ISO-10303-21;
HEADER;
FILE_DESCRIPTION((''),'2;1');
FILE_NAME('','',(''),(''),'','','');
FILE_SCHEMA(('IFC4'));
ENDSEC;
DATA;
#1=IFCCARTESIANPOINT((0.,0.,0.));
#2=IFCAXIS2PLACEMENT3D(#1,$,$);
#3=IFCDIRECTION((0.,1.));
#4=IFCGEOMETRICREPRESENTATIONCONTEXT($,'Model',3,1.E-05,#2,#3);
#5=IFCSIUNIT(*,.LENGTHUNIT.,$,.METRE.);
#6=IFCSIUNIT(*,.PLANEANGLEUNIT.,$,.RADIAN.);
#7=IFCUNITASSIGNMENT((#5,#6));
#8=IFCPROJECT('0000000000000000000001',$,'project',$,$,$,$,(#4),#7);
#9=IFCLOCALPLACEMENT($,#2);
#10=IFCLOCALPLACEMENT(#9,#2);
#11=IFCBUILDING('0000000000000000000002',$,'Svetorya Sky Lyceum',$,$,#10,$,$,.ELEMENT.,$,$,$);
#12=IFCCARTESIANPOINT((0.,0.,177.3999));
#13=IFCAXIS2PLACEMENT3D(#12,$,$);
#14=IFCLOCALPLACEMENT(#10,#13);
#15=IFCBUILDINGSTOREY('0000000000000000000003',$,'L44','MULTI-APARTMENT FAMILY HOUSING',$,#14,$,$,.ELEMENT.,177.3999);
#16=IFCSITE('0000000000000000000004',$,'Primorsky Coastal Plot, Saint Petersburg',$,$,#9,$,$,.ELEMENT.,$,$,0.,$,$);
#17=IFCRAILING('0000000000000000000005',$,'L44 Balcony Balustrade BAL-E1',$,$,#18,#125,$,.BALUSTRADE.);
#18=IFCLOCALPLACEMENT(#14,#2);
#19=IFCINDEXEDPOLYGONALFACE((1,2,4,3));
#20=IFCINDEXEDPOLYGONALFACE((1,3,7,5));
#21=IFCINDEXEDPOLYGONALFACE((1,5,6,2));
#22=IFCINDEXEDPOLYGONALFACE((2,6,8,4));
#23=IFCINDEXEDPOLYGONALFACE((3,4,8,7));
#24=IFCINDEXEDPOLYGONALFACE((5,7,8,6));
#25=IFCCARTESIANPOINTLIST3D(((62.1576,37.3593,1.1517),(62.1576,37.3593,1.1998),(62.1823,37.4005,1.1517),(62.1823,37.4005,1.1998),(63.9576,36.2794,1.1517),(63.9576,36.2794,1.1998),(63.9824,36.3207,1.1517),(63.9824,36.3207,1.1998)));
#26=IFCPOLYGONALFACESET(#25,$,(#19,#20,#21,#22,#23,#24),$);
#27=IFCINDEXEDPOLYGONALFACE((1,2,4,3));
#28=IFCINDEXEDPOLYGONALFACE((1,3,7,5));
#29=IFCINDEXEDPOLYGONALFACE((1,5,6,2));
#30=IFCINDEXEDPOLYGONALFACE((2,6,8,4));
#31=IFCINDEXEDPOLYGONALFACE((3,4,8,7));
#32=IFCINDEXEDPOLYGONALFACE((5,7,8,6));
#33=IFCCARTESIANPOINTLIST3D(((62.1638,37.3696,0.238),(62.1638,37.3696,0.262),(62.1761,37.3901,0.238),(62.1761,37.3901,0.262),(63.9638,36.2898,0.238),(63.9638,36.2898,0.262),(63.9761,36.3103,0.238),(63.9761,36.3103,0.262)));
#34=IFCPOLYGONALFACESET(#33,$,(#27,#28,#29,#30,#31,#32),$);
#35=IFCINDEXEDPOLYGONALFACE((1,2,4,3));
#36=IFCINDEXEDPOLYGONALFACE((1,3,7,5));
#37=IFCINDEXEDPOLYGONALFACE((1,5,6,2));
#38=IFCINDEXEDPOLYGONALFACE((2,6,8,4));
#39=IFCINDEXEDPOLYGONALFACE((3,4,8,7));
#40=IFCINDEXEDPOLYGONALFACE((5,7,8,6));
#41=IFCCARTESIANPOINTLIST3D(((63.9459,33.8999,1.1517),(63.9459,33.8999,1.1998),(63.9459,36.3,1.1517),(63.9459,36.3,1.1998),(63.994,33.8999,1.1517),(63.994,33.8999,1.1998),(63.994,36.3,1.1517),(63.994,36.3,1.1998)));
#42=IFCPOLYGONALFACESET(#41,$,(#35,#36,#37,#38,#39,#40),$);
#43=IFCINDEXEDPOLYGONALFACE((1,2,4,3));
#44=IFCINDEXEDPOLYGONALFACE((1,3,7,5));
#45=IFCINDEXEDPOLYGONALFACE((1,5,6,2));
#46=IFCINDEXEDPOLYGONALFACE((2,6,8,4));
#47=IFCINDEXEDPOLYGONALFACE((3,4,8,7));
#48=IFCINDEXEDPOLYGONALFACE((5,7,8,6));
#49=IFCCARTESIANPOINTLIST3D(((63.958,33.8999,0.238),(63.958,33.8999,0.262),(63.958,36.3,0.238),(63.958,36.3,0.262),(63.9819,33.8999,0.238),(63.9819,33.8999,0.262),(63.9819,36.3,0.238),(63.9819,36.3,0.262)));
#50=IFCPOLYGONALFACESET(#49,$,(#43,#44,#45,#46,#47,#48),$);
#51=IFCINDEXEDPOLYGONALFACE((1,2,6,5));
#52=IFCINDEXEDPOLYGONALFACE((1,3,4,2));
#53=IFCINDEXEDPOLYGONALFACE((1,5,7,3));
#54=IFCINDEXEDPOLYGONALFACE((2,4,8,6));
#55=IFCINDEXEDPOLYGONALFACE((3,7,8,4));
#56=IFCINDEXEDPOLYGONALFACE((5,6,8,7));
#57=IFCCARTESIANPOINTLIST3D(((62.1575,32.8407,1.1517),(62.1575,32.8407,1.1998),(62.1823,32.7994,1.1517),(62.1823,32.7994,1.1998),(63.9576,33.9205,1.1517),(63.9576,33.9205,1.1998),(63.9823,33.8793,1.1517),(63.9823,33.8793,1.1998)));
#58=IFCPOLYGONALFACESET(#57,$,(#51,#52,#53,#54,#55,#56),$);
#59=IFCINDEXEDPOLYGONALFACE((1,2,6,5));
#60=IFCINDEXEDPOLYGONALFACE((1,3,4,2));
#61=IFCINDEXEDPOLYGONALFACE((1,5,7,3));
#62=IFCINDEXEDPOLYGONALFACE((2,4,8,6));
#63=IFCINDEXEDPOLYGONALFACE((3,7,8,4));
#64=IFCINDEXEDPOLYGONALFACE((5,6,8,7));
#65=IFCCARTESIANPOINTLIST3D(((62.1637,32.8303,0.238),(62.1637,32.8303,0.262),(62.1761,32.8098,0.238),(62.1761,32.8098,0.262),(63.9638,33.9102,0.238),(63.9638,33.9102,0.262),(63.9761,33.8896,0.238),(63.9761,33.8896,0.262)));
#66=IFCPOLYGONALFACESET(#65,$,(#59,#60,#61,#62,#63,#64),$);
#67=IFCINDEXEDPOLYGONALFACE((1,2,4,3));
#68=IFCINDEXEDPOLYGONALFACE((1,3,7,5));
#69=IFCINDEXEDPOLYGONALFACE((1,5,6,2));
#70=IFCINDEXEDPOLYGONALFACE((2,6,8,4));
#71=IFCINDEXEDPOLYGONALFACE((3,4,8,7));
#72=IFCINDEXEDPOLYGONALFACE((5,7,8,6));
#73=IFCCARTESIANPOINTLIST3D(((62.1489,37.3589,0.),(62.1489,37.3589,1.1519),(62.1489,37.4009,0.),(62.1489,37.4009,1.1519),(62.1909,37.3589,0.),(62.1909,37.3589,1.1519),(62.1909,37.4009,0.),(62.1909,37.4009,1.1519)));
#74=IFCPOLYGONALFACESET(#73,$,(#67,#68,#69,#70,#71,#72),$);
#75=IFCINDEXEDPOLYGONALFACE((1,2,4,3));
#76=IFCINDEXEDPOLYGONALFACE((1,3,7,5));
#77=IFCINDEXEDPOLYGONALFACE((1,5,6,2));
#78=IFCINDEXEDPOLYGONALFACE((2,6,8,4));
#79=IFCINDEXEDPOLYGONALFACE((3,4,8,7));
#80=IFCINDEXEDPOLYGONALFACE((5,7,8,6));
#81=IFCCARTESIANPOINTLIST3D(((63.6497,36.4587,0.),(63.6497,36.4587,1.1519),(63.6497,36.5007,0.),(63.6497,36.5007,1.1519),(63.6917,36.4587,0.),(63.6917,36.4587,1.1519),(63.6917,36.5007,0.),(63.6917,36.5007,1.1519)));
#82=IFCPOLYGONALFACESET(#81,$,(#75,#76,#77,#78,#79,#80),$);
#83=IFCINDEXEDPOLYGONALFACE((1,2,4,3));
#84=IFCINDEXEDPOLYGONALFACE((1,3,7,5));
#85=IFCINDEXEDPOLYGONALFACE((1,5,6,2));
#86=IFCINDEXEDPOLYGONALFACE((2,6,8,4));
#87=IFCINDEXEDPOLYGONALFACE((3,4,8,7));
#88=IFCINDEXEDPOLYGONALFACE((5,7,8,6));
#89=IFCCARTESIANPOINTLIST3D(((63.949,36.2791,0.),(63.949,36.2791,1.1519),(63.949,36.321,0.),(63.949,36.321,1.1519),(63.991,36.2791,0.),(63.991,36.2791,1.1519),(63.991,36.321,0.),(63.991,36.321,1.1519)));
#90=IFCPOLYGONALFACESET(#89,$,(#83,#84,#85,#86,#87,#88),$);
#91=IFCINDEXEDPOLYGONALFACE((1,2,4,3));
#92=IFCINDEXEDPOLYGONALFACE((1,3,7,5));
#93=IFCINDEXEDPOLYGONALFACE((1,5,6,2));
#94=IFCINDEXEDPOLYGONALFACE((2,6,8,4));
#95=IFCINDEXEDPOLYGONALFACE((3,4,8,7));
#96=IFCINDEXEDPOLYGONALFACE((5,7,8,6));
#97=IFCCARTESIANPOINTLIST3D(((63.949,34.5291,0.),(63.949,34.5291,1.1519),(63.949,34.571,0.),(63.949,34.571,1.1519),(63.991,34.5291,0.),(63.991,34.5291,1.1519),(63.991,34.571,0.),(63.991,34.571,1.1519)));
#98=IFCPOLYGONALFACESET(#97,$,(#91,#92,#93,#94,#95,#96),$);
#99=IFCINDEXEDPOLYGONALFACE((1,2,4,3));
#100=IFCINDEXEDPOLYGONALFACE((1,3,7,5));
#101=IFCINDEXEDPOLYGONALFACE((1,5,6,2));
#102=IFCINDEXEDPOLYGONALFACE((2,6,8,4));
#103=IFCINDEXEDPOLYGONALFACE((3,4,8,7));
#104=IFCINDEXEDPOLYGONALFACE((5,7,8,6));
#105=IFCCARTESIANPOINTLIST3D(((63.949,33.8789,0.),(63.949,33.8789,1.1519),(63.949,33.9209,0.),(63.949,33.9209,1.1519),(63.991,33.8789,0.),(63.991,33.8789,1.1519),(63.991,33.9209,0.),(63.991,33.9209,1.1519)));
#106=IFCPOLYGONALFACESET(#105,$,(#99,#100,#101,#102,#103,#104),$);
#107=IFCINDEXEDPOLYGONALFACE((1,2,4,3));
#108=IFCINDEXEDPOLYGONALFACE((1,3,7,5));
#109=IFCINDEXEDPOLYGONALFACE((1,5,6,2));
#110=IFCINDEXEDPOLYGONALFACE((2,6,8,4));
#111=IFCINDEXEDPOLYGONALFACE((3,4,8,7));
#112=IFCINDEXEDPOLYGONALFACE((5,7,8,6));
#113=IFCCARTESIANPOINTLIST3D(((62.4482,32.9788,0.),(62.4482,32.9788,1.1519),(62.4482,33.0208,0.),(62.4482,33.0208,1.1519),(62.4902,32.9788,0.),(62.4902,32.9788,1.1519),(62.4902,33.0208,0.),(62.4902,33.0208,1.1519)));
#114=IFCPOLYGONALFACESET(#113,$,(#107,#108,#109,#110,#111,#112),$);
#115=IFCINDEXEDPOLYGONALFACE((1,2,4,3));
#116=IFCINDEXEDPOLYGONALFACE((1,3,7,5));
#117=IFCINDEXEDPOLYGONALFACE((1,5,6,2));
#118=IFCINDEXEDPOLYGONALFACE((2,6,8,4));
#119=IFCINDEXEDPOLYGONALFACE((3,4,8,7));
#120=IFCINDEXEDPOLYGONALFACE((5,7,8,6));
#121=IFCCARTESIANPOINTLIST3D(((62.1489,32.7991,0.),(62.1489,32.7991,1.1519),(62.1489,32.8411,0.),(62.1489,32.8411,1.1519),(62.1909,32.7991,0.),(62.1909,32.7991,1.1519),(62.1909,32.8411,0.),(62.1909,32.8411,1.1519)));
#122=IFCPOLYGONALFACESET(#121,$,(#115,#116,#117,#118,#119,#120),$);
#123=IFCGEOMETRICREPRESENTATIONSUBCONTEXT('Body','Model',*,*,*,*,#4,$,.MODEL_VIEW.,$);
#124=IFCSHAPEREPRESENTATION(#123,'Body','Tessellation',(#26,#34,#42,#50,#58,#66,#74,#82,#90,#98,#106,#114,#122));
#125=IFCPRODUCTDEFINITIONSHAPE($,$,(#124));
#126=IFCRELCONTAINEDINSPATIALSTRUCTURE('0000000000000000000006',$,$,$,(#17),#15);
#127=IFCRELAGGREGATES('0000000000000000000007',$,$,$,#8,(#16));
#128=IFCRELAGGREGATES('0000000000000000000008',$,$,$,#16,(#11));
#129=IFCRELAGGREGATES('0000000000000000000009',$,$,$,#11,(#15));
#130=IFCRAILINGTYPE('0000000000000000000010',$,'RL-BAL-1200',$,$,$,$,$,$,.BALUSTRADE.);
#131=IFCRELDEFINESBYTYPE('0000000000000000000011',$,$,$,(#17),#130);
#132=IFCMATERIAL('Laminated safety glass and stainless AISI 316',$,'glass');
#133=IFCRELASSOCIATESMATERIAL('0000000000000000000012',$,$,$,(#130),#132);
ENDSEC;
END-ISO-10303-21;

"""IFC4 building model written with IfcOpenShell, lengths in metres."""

from ifc_helpers import new_model, si_unit, direction, frame, origin, origin_2d, place, context, subcontext, project, spatial, rectangle, extrude, material, type_object, element, save


model = new_model("IFC4")

# Units and contexts
model_context = context("Model", 3, precision=1e-05, world=origin(), true_north=direction((0.0, 1.0)))
body_context = subcontext(model_context, "Body", "Model", "MODEL_VIEW")
ifc_project = project(units=[si_unit("LENGTHUNIT", "METRE"), si_unit("PLANEANGLEUNIT", "RADIAN")], contexts=[model_context])

# Site, building, storey
site_placement = place(None, origin())
site = spatial("IfcSite", under=ifc_project, at=site_placement, Name="Primorsky Coastal Plot, Saint Petersburg", CompositionType="ELEMENT", RefElevation=0.0)
building_placement = place(site_placement, origin())
building = spatial("IfcBuilding", under=site, at=building_placement, Name="Svetorya Sky Lyceum", CompositionType="ELEMENT")
storey_placement = place(building_placement, frame((0.0, 0.0, 177.3999)))
storey = spatial("IfcBuildingStorey", under=building, at=storey_placement, Name="L44", Description="MULTI-APARTMENT FAMILY HOUSING", CompositionType="ELEMENT", Elevation=177.3999)

# Railing
ifc_material_1 = material(Name="Laminated safety glass and stainless AISI 316", Category="glass")
railing_type = type_object("IfcRailingType", Name="RL-BAL-1200", PredefinedType="BALUSTRADE", material=ifc_material_1)
railing_placement = place(storey_placement, frame((62.1699, 37.3799, 0.0)))
element("IfcRailing", 1, at=railing_placement, inside=storey, type_object=railing_type, Name="L44 Balcony Balustrade BAL-E1", PredefinedType="BALUSTRADE", context=body_context, shape_type="SweptSolid", body=[
    extrude(rectangle(XDim=0.0481, YDim=0.0481, at=origin_2d()), frame((0.0, 0.0, 1.1758), z_axis=(0.857534, -0.514427, 0.0), x_axis=(0.514427, 0.857534, 0.0)), (0.0, 0.0, 1.0), 2.0991),
    extrude(rectangle(XDim=0.0239, YDim=0.0239, at=origin_2d()), frame((0.0, 0.0, 0.25), z_axis=(0.857534, -0.514427, 0.0), x_axis=(0.514427, 0.857534, 0.0)), (0.0, 0.0, 1.0), 2.0991),
    extrude(rectangle(XDim=0.0481, YDim=0.0481, at=origin_2d()), frame((1.8, -1.0798, 1.1758), z_axis=(0.0, -1.0, 0.0), x_axis=(1.0, 0.0, 0.0)), (0.0, 0.0, 1.0), 2.4001),
    extrude(rectangle(XDim=0.0239, YDim=0.0239, at=origin_2d()), frame((1.8, -1.0798, 0.25), z_axis=(0.0, -1.0, 0.0), x_axis=(1.0, 0.0, 0.0)), (0.0, 0.0, 1.0), 2.4001),
    extrude(rectangle(XDim=0.0481, YDim=0.0481, at=origin_2d()), frame((1.8, -3.48, 1.1758), z_axis=(-0.857534, -0.514427, 0.0), x_axis=(0.514427, -0.857534, 0.0)), (0.0, 0.0, 1.0), 2.0991),
    extrude(rectangle(XDim=0.0239, YDim=0.0239, at=origin_2d()), frame((1.8, -3.48, 0.25), z_axis=(-0.857534, -0.514427, 0.0), x_axis=(0.514427, -0.857534, 0.0)), (0.0, 0.0, 1.0), 2.0991),
    extrude(rectangle(XDim=0.042, YDim=0.042, at=origin_2d()), origin(), (0.0, 0.0, 1.0), 1.1519),
    extrude(rectangle(XDim=0.042, YDim=0.042, at=origin_2d()), frame((1.5007, -0.9001, 0.0)), (0.0, 0.0, 1.0), 1.1519),
    extrude(rectangle(XDim=0.042, YDim=0.042, at=origin_2d()), frame((1.8, -1.0798, 0.0)), (0.0, 0.0, 1.0), 1.1519),
    extrude(rectangle(XDim=0.042, YDim=0.042, at=origin_2d()), frame((1.8, -2.8298, 0.0)), (0.0, 0.0, 1.0), 1.1519),
    extrude(rectangle(XDim=0.042, YDim=0.042, at=origin_2d()), frame((1.8, -3.48, 0.0)), (0.0, 0.0, 1.0), 1.1519),
    extrude(rectangle(XDim=0.042, YDim=0.042, at=origin_2d()), frame((0.2993, -4.3801, 0.0)), (0.0, 0.0, 1.0), 1.1519),
    extrude(rectangle(XDim=0.042, YDim=0.042, at=origin_2d()), frame((0.0, -4.5598, 0.0)), (0.0, 0.0, 1.0), 1.1519),
])

save(model, "model.ifc")
